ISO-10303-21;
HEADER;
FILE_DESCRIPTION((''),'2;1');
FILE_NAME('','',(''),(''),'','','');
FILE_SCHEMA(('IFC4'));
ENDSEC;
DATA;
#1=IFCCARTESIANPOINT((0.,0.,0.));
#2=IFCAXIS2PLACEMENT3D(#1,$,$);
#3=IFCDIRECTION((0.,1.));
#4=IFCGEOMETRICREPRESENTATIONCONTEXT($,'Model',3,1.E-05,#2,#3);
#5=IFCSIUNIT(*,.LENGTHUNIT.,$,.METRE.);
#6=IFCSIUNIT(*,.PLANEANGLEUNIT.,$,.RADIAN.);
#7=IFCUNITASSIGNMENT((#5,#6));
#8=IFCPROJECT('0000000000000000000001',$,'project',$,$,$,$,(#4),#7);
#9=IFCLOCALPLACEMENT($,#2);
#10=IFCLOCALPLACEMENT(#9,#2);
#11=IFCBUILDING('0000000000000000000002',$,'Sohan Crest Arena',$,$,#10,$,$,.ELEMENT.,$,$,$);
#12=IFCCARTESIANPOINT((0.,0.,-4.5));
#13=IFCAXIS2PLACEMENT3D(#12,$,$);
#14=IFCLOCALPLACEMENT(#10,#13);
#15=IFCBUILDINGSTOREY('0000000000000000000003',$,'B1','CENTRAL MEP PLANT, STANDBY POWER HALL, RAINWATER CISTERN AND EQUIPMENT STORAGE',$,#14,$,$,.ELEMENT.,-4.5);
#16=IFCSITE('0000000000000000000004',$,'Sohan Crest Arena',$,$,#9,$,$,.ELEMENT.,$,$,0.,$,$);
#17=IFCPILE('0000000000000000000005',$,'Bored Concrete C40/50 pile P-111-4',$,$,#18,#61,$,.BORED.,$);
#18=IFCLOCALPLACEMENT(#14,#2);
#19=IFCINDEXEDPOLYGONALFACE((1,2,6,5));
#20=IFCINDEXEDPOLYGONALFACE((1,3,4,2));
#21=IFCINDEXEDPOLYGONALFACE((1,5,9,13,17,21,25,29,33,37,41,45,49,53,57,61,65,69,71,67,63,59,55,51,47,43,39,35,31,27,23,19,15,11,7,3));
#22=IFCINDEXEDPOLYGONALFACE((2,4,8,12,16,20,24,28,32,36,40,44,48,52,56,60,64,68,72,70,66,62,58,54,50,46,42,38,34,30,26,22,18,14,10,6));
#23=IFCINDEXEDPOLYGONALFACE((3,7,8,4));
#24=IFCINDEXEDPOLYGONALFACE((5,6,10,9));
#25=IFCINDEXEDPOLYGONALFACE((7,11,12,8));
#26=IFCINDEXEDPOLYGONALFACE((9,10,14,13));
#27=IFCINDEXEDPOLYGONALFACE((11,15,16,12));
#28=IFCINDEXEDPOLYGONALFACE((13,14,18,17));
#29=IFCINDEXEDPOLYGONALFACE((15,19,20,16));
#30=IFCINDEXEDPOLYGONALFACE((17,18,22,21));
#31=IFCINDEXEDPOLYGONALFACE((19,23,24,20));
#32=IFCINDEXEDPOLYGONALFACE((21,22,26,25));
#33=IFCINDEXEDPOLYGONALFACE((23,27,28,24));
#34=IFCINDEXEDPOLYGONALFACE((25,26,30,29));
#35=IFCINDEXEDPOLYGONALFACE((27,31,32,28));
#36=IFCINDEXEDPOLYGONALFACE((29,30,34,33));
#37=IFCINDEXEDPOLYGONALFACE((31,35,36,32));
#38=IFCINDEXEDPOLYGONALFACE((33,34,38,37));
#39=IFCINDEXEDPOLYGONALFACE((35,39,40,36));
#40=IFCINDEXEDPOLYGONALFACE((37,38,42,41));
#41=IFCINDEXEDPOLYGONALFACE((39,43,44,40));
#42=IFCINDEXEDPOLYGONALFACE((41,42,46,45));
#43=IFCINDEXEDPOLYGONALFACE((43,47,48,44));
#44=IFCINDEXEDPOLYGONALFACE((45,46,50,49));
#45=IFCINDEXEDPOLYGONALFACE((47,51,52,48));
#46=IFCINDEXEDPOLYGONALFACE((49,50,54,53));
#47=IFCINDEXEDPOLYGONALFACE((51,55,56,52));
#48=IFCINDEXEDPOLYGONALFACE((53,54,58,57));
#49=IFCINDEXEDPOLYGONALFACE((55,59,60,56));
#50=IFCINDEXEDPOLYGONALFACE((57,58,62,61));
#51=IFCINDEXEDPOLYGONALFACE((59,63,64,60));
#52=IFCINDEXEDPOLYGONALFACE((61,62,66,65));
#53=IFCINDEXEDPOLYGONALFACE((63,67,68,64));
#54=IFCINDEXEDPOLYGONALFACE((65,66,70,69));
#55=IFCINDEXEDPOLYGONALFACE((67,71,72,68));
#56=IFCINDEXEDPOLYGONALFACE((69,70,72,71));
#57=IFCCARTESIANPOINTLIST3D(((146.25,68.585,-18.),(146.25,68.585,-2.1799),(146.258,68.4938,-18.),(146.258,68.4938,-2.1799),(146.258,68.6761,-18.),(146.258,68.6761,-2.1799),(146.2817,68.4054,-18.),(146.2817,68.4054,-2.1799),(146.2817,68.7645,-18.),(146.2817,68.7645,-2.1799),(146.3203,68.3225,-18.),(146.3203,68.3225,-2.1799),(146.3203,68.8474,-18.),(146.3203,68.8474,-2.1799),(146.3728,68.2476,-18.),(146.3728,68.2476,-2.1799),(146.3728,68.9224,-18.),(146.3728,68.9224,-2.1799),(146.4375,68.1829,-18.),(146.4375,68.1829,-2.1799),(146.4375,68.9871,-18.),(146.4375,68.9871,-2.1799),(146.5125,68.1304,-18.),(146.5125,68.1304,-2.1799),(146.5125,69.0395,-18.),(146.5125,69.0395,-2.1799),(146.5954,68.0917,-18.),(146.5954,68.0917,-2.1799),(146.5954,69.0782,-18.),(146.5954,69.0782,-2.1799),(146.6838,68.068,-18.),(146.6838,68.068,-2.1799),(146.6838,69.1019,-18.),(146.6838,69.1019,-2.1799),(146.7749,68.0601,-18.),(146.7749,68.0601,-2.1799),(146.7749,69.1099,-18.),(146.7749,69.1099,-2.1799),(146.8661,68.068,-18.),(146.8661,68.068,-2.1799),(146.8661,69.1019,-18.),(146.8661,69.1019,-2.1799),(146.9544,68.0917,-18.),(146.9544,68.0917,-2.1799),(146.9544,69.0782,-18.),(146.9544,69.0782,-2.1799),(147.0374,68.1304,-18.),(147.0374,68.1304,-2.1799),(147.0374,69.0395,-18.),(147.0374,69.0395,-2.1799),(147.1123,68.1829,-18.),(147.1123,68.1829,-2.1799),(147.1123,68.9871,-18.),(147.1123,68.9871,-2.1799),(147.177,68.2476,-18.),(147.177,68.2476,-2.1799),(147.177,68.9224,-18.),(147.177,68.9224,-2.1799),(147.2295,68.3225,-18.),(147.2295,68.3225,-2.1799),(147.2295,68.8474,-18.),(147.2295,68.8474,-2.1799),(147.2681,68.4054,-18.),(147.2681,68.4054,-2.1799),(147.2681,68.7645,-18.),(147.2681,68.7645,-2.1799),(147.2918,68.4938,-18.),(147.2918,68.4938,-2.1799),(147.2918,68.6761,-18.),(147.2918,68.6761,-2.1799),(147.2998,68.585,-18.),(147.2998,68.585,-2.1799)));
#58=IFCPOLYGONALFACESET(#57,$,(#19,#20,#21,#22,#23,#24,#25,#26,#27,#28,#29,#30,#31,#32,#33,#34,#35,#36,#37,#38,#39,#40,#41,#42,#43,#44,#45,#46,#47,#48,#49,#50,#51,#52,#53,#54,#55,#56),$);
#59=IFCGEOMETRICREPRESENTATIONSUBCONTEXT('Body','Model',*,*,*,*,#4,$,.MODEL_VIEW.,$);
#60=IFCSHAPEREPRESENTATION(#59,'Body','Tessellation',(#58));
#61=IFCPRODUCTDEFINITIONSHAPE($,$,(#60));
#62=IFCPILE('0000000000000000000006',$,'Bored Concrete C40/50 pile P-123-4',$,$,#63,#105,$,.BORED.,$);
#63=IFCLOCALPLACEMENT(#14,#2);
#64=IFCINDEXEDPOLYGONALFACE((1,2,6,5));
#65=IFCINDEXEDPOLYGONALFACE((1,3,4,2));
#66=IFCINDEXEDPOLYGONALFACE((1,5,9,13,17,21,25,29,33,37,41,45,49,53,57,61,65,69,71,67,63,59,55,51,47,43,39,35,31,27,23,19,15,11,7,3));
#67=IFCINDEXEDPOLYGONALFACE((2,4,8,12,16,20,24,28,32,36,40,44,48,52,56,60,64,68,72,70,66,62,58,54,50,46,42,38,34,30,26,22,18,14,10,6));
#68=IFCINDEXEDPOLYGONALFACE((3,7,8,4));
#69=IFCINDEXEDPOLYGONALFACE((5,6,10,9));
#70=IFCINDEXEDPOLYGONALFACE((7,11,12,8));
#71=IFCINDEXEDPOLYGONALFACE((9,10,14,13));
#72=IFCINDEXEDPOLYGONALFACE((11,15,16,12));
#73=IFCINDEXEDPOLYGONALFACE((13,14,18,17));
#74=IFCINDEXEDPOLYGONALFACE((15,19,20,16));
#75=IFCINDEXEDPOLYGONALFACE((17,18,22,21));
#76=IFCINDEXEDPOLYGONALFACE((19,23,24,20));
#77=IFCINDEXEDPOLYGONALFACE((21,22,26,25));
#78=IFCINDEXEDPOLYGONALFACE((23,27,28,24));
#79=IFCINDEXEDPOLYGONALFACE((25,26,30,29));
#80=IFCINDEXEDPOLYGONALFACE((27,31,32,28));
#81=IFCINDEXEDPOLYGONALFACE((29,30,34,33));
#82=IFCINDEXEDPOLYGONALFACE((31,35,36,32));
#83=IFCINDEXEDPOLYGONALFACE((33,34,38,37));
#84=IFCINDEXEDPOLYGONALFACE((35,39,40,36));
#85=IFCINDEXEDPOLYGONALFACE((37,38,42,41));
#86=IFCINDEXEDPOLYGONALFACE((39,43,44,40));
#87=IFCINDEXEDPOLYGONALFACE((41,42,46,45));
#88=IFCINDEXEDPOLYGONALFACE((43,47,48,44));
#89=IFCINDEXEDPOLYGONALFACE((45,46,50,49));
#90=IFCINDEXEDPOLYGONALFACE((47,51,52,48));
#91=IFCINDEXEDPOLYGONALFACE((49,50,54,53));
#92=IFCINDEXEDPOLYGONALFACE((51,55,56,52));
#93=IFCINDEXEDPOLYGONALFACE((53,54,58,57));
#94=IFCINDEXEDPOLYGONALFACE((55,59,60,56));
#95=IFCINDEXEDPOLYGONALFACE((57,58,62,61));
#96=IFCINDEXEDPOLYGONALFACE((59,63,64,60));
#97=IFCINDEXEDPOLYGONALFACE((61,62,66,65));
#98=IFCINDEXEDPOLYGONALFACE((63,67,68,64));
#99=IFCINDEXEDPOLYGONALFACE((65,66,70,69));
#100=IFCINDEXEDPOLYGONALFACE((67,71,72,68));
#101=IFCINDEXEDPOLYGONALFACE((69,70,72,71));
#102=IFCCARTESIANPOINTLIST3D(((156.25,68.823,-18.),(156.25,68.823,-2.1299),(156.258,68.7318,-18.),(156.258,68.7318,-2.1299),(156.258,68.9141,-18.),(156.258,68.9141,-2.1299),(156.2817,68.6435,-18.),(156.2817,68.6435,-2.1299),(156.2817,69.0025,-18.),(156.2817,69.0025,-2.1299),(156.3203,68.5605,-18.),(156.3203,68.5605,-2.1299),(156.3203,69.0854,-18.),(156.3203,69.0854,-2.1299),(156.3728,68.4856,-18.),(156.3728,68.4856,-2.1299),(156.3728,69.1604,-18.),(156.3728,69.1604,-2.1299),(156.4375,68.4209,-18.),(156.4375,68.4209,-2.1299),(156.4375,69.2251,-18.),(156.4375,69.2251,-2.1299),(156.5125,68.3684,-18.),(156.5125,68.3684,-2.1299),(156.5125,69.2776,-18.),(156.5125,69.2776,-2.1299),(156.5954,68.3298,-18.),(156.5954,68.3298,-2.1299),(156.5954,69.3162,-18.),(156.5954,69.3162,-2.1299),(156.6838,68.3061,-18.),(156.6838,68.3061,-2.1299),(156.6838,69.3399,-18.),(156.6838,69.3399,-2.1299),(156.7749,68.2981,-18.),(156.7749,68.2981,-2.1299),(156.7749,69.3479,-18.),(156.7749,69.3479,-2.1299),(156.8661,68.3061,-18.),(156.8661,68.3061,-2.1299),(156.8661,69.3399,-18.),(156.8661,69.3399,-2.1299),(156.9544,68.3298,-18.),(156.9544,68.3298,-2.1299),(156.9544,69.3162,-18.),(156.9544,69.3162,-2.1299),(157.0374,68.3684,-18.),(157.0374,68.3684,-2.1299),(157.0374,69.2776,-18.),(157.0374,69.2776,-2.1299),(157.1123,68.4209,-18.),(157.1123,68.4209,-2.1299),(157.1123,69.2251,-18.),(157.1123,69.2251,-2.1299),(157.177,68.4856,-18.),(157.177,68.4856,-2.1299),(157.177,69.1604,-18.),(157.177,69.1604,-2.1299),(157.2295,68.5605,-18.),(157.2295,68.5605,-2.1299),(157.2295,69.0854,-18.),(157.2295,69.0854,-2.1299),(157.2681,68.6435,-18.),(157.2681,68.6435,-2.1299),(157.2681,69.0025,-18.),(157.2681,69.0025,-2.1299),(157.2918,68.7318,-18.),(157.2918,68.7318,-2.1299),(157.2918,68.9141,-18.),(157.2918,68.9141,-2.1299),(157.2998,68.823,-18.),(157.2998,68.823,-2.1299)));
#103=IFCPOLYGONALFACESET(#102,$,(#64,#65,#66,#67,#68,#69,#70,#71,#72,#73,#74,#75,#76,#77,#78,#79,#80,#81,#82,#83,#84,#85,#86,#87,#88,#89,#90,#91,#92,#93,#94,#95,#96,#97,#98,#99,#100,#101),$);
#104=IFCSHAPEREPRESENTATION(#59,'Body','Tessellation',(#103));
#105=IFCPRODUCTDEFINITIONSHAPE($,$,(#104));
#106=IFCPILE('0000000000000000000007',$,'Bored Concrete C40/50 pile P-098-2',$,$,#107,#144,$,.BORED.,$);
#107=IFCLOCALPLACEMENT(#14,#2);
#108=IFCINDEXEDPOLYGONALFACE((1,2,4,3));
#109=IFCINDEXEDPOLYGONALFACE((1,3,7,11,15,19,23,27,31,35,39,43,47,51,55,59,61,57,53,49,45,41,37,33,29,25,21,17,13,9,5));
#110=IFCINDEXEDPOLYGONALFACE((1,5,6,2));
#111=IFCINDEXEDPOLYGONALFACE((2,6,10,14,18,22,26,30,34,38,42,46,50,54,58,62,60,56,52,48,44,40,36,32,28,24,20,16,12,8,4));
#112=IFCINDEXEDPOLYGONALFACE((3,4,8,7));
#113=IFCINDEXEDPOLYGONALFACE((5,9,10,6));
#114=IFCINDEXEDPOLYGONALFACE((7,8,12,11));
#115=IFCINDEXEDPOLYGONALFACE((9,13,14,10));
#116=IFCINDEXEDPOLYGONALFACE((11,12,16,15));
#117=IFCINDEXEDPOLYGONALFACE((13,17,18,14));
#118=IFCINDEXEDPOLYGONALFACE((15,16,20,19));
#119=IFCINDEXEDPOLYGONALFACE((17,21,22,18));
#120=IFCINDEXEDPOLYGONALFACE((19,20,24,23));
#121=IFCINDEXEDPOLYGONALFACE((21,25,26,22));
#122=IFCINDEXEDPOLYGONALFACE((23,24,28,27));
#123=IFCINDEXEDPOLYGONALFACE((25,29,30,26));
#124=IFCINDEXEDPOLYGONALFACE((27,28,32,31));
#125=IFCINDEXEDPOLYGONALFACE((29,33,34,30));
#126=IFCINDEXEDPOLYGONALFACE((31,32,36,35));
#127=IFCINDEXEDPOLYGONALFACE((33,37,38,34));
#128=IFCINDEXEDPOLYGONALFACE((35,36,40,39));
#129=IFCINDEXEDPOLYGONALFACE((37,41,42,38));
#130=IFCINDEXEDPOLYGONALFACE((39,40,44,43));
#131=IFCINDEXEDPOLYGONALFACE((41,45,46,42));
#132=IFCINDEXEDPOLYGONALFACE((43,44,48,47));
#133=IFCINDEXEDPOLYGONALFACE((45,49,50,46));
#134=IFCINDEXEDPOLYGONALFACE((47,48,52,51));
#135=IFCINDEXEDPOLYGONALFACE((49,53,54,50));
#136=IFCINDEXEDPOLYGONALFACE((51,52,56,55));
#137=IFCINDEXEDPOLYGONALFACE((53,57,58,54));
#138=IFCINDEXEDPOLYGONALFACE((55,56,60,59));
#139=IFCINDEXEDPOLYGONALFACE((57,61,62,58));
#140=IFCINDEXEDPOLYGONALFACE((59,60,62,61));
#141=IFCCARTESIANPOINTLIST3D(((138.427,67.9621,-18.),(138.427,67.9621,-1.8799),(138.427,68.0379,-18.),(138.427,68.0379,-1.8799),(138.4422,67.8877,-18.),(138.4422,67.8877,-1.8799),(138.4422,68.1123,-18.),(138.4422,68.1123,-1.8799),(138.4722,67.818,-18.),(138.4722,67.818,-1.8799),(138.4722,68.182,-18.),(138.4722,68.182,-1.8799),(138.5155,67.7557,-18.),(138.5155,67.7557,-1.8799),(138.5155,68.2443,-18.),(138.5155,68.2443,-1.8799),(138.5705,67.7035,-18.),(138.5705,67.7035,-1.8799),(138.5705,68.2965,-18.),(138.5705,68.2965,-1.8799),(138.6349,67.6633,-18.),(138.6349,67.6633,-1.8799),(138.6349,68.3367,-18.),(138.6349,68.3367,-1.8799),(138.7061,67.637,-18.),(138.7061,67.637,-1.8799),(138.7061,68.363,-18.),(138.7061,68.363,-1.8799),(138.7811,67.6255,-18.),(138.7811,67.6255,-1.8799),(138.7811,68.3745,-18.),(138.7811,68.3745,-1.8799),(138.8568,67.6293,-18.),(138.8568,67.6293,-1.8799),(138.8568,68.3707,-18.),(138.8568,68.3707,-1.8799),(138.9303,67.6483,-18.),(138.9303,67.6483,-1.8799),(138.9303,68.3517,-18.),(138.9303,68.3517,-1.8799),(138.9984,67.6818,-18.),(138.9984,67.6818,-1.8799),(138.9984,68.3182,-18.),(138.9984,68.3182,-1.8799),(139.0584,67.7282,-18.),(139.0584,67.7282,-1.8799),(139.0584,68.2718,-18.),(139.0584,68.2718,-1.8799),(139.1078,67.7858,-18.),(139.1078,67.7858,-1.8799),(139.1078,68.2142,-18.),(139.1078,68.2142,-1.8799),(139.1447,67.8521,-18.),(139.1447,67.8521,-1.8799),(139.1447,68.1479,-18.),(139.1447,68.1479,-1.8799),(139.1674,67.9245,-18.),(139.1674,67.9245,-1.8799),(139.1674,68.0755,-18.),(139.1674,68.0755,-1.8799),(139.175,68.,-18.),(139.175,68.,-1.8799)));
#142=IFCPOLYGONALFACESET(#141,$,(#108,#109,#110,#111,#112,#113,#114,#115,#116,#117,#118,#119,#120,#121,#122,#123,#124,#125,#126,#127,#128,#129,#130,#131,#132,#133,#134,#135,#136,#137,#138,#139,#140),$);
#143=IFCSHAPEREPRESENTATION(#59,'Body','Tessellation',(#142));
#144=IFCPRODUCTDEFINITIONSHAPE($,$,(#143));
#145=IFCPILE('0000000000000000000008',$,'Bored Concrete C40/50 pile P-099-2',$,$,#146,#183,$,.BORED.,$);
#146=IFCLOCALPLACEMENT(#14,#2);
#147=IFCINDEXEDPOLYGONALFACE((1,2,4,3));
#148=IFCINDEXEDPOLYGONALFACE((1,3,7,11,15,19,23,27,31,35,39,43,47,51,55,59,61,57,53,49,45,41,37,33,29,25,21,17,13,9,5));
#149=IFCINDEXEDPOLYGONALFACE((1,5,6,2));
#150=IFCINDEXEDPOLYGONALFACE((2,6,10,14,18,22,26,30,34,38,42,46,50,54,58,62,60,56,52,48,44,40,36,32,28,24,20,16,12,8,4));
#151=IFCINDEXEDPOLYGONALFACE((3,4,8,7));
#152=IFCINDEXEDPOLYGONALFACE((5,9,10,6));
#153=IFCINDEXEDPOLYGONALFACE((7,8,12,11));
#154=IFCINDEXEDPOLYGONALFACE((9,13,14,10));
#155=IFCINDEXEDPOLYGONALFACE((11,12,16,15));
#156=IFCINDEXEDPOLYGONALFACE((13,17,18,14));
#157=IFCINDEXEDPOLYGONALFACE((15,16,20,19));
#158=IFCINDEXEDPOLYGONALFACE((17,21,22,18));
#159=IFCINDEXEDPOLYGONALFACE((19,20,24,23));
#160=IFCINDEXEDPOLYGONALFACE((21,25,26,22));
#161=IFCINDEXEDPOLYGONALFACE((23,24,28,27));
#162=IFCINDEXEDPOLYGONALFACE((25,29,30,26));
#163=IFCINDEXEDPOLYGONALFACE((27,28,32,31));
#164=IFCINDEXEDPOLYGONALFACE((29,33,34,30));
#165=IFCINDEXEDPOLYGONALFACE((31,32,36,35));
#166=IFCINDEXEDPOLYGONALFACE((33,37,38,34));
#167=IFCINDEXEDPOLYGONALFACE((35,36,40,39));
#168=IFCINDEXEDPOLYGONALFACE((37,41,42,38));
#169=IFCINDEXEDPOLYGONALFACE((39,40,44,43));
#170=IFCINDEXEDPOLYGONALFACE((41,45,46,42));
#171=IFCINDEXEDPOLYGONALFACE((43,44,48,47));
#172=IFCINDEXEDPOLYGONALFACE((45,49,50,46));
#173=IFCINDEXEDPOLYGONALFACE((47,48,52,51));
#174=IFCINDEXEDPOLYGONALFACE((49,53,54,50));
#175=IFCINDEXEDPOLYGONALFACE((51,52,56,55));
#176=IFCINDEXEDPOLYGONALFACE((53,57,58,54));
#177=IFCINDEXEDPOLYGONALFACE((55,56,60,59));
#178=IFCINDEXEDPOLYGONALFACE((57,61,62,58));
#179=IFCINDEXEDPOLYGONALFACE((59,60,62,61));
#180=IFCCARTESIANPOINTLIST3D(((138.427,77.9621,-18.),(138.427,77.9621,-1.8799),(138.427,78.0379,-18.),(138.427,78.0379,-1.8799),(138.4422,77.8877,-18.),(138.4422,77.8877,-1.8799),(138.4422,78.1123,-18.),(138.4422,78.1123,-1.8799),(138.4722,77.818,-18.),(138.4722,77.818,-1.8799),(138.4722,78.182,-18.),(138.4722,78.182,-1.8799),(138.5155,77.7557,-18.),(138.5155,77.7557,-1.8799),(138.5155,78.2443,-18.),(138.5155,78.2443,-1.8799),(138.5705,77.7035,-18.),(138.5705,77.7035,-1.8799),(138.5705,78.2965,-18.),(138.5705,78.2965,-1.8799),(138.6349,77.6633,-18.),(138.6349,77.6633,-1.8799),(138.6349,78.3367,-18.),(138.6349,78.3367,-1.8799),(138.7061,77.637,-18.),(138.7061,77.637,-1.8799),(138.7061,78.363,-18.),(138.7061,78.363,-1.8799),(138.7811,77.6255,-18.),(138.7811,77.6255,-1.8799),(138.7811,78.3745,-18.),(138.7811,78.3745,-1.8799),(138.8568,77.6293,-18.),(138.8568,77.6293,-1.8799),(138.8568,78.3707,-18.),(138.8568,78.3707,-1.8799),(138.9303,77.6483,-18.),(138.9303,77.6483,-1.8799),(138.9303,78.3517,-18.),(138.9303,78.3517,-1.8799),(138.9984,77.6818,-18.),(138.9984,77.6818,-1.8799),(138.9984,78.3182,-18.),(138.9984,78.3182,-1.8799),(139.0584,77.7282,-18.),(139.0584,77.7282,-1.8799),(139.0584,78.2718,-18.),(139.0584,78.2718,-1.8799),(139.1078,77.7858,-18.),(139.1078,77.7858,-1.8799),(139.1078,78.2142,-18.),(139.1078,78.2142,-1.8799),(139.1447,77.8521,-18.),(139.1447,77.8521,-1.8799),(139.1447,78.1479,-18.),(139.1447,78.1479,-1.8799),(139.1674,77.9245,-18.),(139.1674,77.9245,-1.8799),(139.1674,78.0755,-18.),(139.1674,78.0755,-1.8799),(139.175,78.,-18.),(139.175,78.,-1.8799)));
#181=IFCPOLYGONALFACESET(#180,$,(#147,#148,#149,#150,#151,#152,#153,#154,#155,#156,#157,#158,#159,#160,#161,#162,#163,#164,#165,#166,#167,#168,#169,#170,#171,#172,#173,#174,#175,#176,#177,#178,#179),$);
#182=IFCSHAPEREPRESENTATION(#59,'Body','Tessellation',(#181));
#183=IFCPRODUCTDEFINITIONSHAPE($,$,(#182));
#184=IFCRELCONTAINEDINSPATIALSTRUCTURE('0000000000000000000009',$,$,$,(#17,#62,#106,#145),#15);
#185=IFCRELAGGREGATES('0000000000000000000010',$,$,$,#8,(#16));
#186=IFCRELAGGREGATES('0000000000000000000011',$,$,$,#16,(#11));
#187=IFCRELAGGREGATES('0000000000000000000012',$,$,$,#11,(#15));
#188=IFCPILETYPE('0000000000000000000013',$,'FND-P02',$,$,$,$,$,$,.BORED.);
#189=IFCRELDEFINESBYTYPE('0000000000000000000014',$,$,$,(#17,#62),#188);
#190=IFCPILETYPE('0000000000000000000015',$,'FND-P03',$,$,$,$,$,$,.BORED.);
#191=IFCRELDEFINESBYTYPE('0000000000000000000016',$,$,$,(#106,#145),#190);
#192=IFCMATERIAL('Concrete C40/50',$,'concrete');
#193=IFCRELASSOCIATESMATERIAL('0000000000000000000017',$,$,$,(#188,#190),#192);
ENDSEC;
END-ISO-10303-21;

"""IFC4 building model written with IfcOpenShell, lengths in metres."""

from ifc_helpers import new_model, si_unit, direction, frame, origin, origin_2d, place, context, subcontext, project, spatial, circle, extrude, material, material_profile, profile_set, type_object, element, save


model = new_model("IFC4")

# Units and contexts
model_context = context("Model", 3, precision=1e-05, world=origin(), true_north=direction((0.0, 1.0)))
body_context = subcontext(model_context, "Body", "Model", "MODEL_VIEW")
ifc_project = project(units=[si_unit("LENGTHUNIT", "METRE"), si_unit("PLANEANGLEUNIT", "RADIAN")], contexts=[model_context])

# Site, building, storey
site_placement = place(None, origin())
site = spatial("IfcSite", under=ifc_project, at=site_placement, Name="Sohan Crest Arena", CompositionType="ELEMENT", RefElevation=0.0)
building_placement = place(site_placement, origin())
building = spatial("IfcBuilding", under=site, at=building_placement, Name="Sohan Crest Arena", CompositionType="ELEMENT")
storey_placement = place(building_placement, frame((0.0, 0.0, -4.5)))
storey = spatial("IfcBuildingStorey", under=building, at=storey_placement, Name="B1", Description="CENTRAL MEP PLANT, STANDBY POWER HALL, RAINWATER CISTERN AND EQUIPMENT STORAGE", CompositionType="ELEMENT", Elevation=-4.5)

# Shared definitions
ifc_material = material(Name="Concrete C40/50", Category="concrete")

# Piles
ifc_material_profile_1 = material_profile(ifc_material, circle(Radius=0.5249, at=origin_2d()), Name="PILE D1050")
ifc_profile_set_1 = profile_set([ifc_material_profile_1], Name="Concrete C40/50")
pile_type_1 = type_object("IfcPileType", Name="FND-P02", PredefinedType="BORED", material=ifc_profile_set_1)
for number, where, z_axis, x_axis, name in (
    (1, (146.7749, 68.585, -18.0), (0.0, 0.0, 1.0), (1.0, 0.0, 0.0), "Bored Concrete C40/50 pile P-111-4"),
):
    element("IfcPile", number, at=place(storey_placement, frame(where, z_axis=z_axis, x_axis=x_axis)), inside=storey, type_object=pile_type_1, Name=name, PredefinedType="BORED", context=body_context, shape_type="SweptSolid", body=[
        extrude(circle(Radius=0.5249, at=origin_2d()), origin(), (0.0, 0.0, 1.0), 15.8201),
    ])
pile_placement = place(storey_placement, frame((156.7749, 68.823, -18.0), z_axis=(0.0, 0.0, 1.0), x_axis=(1.0, 0.0, 0.0)))
element("IfcPile", 2, at=pile_placement, inside=storey, type_object=pile_type_1, Name="Bored Concrete C40/50 pile P-123-4", PredefinedType="BORED", context=body_context, shape_type="SweptSolid", body=[
    extrude(circle(Radius=0.5249, at=origin_2d()), origin(), (0.0, 0.0, 1.0), 15.8701),
])
ifc_material_profile_2 = material_profile(ifc_material, circle(Radius=0.375, at=origin_2d()), Name="PILE D750")
ifc_profile_set_2 = profile_set([ifc_material_profile_2], Name="Concrete C40/50")
pile_type_2 = type_object("IfcPileType", Name="FND-P03", PredefinedType="BORED", material=ifc_profile_set_2)
for number, where, z_axis, x_axis, name in (
    (3, (138.8, 68.0, -18.0), (0.0, 0.0, 1.0), (1.0, 0.0, 0.0), "Bored Concrete C40/50 pile P-098-2"),
    (4, (138.8, 78.0, -18.0), (0.0, 0.0, 1.0), (1.0, 0.0, 0.0), "Bored Concrete C40/50 pile P-099-2"),
):
    element("IfcPile", number, at=place(storey_placement, frame(where, z_axis=z_axis, x_axis=x_axis)), inside=storey, type_object=pile_type_2, Name=name, PredefinedType="BORED", context=body_context, shape_type="SweptSolid", body=[
        extrude(circle(Radius=0.375, at=origin_2d()), origin(), (0.0, 0.0, 1.0), 16.1201),
    ])

save(model, "model.ifc")
